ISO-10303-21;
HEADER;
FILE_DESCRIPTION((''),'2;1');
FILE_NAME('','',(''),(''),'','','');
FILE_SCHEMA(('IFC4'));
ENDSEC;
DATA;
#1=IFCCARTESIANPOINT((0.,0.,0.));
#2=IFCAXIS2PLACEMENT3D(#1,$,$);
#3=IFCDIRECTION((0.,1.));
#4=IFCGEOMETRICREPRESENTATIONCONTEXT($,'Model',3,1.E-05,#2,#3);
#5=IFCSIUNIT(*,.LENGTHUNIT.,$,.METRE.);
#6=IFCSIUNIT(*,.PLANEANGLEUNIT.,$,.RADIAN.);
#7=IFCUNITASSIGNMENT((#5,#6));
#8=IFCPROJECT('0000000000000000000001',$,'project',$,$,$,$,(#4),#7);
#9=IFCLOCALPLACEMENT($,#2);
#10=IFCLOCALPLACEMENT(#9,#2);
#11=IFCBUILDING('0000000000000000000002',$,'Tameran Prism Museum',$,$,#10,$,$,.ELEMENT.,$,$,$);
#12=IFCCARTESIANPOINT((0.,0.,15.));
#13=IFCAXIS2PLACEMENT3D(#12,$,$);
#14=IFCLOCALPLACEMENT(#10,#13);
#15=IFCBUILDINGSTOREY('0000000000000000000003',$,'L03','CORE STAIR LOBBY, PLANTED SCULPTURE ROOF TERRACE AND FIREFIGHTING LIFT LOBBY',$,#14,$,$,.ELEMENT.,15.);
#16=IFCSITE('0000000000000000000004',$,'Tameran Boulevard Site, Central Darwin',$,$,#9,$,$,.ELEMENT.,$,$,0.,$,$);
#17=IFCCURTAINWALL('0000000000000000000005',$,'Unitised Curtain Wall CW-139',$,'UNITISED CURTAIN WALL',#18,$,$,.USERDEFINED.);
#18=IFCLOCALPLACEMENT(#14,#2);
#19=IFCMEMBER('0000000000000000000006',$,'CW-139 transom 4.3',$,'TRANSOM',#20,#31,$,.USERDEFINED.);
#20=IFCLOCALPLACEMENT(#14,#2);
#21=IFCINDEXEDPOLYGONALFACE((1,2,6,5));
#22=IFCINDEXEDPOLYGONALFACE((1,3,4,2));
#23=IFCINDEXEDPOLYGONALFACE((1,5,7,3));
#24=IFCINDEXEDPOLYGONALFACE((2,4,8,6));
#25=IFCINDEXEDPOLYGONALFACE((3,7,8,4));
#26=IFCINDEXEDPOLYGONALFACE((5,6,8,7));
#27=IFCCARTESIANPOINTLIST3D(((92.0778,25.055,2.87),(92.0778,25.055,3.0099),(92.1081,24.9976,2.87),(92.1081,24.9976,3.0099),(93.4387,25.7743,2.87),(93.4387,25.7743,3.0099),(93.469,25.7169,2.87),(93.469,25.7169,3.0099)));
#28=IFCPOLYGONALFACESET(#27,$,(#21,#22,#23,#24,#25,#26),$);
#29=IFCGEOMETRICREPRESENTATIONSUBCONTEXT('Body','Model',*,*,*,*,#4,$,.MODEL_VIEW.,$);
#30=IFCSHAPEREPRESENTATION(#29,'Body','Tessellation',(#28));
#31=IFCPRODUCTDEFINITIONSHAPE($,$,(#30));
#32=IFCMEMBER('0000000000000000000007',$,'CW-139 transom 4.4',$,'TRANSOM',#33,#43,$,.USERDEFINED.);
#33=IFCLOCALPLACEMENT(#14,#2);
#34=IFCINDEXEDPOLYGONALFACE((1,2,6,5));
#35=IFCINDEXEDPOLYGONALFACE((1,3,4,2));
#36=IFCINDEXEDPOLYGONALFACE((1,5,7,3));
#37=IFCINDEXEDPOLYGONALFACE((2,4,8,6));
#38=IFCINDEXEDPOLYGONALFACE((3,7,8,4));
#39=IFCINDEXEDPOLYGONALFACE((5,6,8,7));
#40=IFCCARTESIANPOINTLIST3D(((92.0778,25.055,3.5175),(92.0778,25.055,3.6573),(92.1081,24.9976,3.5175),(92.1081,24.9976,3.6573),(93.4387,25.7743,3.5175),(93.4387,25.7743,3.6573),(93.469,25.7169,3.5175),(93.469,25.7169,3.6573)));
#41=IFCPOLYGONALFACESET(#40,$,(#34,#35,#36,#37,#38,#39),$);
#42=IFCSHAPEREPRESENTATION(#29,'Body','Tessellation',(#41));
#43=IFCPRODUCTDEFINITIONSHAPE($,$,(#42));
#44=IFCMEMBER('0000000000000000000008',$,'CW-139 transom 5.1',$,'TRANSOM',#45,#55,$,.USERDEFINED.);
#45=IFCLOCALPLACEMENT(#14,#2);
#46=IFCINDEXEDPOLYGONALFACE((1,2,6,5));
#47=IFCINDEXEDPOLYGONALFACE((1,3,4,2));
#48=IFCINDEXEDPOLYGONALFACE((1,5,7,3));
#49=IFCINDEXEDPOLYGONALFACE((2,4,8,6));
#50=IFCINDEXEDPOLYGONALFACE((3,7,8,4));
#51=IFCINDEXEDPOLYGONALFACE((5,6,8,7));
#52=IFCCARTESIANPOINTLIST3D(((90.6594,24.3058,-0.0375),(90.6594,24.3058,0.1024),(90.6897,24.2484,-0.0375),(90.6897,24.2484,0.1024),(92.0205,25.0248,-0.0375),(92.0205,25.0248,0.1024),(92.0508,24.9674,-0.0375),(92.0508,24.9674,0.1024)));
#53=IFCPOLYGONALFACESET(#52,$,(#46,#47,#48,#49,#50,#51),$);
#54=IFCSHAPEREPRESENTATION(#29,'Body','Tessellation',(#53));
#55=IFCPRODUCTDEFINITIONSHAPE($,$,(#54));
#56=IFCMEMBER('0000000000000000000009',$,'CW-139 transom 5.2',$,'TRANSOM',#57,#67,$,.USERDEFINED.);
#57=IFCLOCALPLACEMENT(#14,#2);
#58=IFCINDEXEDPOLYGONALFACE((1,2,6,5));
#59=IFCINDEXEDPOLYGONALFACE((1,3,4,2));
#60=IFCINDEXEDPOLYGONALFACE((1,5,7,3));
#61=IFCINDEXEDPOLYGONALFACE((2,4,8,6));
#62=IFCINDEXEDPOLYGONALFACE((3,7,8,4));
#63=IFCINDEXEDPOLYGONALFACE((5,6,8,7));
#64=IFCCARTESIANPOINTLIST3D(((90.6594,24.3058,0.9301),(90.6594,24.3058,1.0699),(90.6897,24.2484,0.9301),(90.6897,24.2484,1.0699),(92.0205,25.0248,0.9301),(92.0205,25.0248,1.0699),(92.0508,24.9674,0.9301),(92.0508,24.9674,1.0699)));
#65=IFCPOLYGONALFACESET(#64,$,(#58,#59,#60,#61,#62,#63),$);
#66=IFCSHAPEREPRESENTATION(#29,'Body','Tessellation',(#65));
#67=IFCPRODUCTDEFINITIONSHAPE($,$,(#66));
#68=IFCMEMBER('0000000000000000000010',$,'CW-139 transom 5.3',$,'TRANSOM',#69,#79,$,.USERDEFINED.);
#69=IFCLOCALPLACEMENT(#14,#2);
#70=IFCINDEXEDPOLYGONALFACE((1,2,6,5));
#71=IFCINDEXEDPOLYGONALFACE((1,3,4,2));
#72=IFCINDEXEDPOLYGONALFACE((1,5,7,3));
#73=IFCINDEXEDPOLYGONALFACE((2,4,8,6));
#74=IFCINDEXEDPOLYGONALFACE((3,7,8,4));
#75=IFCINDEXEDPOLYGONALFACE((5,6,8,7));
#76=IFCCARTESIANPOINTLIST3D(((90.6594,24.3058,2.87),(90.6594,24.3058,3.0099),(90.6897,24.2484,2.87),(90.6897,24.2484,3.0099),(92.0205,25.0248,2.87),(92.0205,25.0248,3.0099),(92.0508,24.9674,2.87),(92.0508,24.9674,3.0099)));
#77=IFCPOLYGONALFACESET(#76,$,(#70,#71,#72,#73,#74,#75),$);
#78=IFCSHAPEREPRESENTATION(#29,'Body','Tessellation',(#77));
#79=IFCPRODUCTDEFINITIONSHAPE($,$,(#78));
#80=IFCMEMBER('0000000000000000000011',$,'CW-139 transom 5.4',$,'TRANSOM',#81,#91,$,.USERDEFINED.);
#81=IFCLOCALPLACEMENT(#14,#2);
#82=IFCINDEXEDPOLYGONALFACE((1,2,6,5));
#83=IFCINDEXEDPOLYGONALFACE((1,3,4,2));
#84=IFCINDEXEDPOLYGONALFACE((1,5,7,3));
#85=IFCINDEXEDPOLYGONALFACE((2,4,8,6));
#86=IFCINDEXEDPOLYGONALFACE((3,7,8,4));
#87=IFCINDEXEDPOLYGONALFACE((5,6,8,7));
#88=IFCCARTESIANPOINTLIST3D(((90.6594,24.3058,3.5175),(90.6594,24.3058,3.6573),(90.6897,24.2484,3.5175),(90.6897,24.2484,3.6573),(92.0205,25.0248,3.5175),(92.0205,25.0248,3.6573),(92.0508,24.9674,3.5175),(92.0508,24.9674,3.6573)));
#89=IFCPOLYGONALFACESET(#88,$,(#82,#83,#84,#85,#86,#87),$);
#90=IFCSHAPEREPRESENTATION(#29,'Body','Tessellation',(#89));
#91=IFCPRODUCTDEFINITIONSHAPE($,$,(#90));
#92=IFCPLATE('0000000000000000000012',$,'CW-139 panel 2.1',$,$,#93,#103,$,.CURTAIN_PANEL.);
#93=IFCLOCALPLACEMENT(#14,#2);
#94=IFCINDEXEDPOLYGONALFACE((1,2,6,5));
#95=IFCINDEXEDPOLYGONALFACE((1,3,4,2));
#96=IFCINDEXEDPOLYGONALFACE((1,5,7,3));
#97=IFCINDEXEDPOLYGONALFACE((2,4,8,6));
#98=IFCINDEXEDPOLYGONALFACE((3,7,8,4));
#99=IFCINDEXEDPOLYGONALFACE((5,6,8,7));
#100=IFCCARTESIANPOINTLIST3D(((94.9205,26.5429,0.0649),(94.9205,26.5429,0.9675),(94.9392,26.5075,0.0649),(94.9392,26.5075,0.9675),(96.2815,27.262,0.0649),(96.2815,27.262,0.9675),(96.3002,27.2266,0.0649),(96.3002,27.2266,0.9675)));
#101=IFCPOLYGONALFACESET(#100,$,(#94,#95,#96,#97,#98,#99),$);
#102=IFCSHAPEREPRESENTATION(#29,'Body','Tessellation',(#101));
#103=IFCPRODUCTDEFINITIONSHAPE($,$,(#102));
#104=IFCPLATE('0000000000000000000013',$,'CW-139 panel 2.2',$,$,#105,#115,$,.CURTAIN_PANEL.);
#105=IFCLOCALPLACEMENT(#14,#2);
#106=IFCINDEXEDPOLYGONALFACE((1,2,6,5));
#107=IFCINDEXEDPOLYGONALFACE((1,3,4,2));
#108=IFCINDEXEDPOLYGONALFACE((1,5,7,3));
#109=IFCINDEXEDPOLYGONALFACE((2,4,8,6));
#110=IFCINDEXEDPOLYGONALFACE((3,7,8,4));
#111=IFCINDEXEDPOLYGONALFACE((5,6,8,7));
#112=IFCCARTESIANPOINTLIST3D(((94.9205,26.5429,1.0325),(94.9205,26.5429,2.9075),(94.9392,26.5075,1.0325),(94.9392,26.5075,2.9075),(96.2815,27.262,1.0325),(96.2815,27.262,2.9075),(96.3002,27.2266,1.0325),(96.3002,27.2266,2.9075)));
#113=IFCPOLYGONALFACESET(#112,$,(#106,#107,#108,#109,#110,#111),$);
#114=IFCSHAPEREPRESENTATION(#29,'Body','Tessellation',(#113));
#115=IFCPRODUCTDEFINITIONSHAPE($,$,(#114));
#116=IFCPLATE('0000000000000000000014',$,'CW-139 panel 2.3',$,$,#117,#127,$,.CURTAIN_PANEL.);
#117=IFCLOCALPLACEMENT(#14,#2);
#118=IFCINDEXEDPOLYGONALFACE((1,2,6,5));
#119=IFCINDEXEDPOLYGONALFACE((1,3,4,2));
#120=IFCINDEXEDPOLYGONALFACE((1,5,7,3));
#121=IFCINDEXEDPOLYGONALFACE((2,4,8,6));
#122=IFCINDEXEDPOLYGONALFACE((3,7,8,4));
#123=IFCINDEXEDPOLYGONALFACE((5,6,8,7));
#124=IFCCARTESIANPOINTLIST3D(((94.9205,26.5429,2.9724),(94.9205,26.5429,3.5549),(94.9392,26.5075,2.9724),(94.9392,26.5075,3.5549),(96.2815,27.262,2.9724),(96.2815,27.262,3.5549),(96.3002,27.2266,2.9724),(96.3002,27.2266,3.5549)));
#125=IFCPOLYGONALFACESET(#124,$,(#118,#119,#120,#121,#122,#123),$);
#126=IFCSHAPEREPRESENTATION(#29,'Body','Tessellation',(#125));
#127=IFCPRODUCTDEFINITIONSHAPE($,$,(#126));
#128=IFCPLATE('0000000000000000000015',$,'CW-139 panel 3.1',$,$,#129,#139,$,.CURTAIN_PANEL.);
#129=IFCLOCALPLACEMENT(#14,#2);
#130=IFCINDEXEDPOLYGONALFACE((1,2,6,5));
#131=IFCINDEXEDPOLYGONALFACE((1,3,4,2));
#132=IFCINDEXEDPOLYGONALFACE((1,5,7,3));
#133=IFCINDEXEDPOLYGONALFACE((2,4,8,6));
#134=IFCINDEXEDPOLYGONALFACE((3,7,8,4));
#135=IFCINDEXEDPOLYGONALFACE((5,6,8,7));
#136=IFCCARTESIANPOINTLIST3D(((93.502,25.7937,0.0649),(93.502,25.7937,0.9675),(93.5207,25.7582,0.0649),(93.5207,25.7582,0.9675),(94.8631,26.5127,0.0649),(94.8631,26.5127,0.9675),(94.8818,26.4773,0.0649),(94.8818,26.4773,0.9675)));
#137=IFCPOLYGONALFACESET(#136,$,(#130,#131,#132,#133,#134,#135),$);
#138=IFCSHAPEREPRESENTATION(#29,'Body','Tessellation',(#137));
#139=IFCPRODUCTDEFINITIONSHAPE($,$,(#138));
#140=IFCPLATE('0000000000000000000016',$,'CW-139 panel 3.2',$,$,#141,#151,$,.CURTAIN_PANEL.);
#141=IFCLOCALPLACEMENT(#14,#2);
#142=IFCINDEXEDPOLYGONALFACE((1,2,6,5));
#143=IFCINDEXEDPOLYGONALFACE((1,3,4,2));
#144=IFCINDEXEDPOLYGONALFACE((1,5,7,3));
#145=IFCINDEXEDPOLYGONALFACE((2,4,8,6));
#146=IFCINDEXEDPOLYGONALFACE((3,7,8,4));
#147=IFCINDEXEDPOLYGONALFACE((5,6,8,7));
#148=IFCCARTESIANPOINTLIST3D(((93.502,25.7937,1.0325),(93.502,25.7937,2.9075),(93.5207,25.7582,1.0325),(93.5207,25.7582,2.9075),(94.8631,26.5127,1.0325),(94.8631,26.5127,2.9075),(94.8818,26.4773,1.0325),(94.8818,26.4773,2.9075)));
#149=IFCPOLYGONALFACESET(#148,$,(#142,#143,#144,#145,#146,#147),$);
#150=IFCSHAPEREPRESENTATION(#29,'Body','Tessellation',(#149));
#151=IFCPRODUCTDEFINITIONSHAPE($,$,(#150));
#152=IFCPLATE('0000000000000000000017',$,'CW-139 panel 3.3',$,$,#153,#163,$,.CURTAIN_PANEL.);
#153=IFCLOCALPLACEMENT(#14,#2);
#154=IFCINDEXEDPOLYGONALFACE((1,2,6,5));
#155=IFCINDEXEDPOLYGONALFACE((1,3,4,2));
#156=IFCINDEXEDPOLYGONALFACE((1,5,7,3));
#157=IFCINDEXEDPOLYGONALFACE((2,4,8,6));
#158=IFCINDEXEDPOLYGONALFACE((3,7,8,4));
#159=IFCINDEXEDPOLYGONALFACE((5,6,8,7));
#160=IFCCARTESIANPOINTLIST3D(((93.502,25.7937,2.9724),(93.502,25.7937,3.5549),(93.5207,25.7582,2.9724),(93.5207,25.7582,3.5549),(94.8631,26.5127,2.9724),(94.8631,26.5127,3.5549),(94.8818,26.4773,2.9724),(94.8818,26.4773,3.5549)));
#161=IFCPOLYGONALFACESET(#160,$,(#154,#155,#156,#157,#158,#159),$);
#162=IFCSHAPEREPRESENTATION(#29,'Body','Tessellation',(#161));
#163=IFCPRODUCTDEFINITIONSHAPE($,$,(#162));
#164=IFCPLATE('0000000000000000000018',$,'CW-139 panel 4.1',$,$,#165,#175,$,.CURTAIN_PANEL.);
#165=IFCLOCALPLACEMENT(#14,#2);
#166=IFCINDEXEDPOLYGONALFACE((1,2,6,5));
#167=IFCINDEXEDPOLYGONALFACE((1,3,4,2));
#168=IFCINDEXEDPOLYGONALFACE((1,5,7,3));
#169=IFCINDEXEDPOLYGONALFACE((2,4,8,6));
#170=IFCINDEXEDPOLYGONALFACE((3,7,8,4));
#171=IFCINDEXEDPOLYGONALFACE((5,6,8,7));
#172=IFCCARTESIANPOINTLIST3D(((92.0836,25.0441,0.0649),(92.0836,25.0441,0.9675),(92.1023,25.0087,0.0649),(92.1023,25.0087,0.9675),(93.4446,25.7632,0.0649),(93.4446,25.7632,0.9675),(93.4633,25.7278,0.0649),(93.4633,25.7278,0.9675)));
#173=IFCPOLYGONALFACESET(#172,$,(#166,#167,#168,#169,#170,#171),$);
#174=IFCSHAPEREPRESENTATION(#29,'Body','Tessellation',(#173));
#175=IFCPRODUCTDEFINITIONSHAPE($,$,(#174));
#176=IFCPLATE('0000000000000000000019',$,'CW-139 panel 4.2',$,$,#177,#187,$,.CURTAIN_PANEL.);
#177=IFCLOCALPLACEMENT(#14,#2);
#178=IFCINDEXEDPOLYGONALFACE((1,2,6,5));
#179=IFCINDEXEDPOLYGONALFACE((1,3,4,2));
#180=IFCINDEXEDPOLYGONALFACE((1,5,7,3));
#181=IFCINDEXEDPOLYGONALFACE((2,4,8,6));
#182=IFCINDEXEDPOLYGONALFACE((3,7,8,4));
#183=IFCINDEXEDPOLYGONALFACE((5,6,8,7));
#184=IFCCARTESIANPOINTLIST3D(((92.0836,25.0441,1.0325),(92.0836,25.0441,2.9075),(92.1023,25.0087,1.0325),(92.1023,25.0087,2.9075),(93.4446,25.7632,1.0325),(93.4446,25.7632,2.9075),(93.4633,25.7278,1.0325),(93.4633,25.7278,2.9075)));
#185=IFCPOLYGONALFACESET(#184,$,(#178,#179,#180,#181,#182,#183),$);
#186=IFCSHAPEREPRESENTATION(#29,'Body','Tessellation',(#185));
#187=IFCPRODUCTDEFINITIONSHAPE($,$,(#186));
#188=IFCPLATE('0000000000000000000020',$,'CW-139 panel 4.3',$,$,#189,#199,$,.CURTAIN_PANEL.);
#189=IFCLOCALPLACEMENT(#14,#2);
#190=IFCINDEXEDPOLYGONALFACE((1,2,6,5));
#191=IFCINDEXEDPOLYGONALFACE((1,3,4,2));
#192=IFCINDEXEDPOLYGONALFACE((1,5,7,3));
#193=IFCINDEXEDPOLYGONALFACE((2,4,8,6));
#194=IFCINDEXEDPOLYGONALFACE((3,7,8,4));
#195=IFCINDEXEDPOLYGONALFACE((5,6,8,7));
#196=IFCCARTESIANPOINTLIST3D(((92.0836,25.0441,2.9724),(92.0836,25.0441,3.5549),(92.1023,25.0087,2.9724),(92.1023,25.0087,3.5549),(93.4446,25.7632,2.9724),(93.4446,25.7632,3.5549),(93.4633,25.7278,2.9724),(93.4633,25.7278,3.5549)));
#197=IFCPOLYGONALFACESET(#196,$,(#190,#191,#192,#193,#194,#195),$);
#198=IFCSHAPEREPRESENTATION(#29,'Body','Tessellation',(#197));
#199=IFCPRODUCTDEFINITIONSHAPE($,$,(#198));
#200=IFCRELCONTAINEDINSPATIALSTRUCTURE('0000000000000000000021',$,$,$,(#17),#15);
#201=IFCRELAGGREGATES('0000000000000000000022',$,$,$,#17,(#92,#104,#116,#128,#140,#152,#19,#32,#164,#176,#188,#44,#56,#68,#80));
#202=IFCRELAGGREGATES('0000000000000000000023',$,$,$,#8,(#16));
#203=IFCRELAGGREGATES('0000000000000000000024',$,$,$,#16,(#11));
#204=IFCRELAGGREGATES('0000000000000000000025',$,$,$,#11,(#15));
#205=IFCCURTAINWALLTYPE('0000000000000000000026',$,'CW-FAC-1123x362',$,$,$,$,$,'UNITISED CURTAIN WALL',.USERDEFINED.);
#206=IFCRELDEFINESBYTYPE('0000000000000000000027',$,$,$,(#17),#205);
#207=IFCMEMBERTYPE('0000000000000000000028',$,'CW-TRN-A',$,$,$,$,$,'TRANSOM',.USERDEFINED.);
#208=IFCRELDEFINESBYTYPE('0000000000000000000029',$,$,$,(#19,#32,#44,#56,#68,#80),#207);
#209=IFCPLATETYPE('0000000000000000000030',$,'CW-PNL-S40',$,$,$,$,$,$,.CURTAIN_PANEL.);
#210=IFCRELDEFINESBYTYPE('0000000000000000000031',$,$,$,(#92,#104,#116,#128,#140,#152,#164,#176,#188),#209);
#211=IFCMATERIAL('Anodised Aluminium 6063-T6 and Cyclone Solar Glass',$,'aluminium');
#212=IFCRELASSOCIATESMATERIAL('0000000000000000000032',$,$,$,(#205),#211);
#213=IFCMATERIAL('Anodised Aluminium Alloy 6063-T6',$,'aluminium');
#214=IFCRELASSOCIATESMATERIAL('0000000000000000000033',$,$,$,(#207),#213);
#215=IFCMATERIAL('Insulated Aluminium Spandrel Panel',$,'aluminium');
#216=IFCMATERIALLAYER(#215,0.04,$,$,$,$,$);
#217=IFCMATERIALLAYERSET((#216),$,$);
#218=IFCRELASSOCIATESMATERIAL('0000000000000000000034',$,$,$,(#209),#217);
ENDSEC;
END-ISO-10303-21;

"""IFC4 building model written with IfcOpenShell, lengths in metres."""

from ifc_helpers import new_model, si_unit, direction, frame, origin, origin_2d, place, context, subcontext, project, spatial, rectangle, extrude, material, layer, layer_set, material_profile, profile_set, type_object, element, aggregate, save


model = new_model("IFC4")

# Units and contexts
model_context = context("Model", 3, precision=1e-05, world=origin(), true_north=direction((0.0, 1.0)))
body_context = subcontext(model_context, "Body", "Model", "MODEL_VIEW")
ifc_project = project(units=[si_unit("LENGTHUNIT", "METRE"), si_unit("PLANEANGLEUNIT", "RADIAN")], contexts=[model_context])

# Site, building, storey
site_placement = place(None, origin())
site = spatial("IfcSite", under=ifc_project, at=site_placement, Name="Tameran Boulevard Site, Central Darwin", CompositionType="ELEMENT", RefElevation=0.0)
building_placement = place(site_placement, origin())
building = spatial("IfcBuilding", under=site, at=building_placement, Name="Tameran Prism Museum", CompositionType="ELEMENT")
storey_placement = place(building_placement, frame((0.0, 0.0, 15.0)))
storey = spatial("IfcBuildingStorey", under=building, at=storey_placement, Name="L03", Description="CORE STAIR LOBBY, PLANTED SCULPTURE ROOF TERRACE AND FIREFIGHTING LIFT LOBBY", CompositionType="ELEMENT", Elevation=15.0)

# Curtain wall, members, plates
ifc_material_1 = material(Name="Anodised Aluminium 6063-T6 and Cyclone Solar Glass", Category="aluminium")
curtain_wall_type = type_object("IfcCurtainWallType", Name="CW-FAC-1123x362", ElementType="UNITISED CURTAIN WALL", PredefinedType="USERDEFINED", material=ifc_material_1)
curtain_wall_placement = place(storey_placement, origin())
curtain_wall = element("IfcCurtainWall", 1, at=curtain_wall_placement, inside=storey, type_object=curtain_wall_type, Name="Unitised Curtain Wall CW-139", ObjectType="UNITISED CURTAIN WALL", PredefinedType="USERDEFINED")
ifc_material_2 = material(Name="Anodised Aluminium Alloy 6063-T6", Category="aluminium")
ifc_material_profile_1 = material_profile(ifc_material_2, rectangle(XDim=0.0649, YDim=0.1399, at=origin_2d()))
ifc_profile_set_1 = profile_set([ifc_material_profile_1])
member_type_1 = type_object("IfcMemberType", Name="CW-TRN-A", ElementType="TRANSOM", PredefinedType="USERDEFINED", material=ifc_profile_set_1)
member_1_placement = place(storey_placement, frame((93.4539, 25.7456, 2.9399), z_axis=(-0.884112, -0.467275, 0.0), x_axis=(0.467275, -0.884112, 0.0)))
member_1 = element("IfcMember", 2, at=member_1_placement, type_object=member_type_1, Name="CW-139 transom 4.3", ObjectType="TRANSOM", PredefinedType="USERDEFINED", context=body_context, shape_type="SweptSolid", body=[
    extrude(rectangle(XDim=0.0649, YDim=0.1399, at=origin_2d()), origin(), (0.0, 0.0, 1.0), 1.5393),
])
member_2_placement = place(storey_placement, frame((93.4539, 25.7456, 3.5874), z_axis=(-0.884112, -0.467275, 0.0), x_axis=(0.467275, -0.884112, 0.0)))
member_2 = element("IfcMember", 3, at=member_2_placement, type_object=member_type_1, Name="CW-139 transom 4.4", ObjectType="TRANSOM", PredefinedType="USERDEFINED", context=body_context, shape_type="SweptSolid", body=[
    extrude(rectangle(XDim=0.0649, YDim=0.1399, at=origin_2d()), origin(), (0.0, 0.0, 1.0), 1.5393),
])
member_3_placement = place(storey_placement, frame((92.0356, 24.9961, 0.0325), z_axis=(-0.884212, -0.467086, 0.0), x_axis=(0.467086, -0.884212, 0.0)))
member_3 = element("IfcMember", 4, at=member_3_placement, type_object=member_type_1, Name="CW-139 transom 5.1", ObjectType="TRANSOM", PredefinedType="USERDEFINED", context=body_context, shape_type="SweptSolid", body=[
    extrude(rectangle(XDim=0.0649, YDim=0.1399, at=origin_2d()), origin(), (0.0, 0.0, 1.0), 1.5393),
])
member_4_placement = place(storey_placement, frame((92.0356, 24.9961, 1.0), z_axis=(-0.884212, -0.467086, 0.0), x_axis=(0.467086, -0.884212, 0.0)))
member_4 = element("IfcMember", 5, at=member_4_placement, type_object=member_type_1, Name="CW-139 transom 5.2", ObjectType="TRANSOM", PredefinedType="USERDEFINED", context=body_context, shape_type="SweptSolid", body=[
    extrude(rectangle(XDim=0.0649, YDim=0.1399, at=origin_2d()), origin(), (0.0, 0.0, 1.0), 1.5393),
])
member_5_placement = place(storey_placement, frame((92.0356, 24.9961, 2.9399), z_axis=(-0.884212, -0.467086, 0.0), x_axis=(0.467086, -0.884212, 0.0)))
member_5 = element("IfcMember", 6, at=member_5_placement, type_object=member_type_1, Name="CW-139 transom 5.3", ObjectType="TRANSOM", PredefinedType="USERDEFINED", context=body_context, shape_type="SweptSolid", body=[
    extrude(rectangle(XDim=0.0649, YDim=0.1399, at=origin_2d()), origin(), (0.0, 0.0, 1.0), 1.5393),
])
member_6_placement = place(storey_placement, frame((92.0356, 24.9961, 3.5874), z_axis=(-0.884212, -0.467086, 0.0), x_axis=(0.467086, -0.884212, 0.0)))
member_6 = element("IfcMember", 7, at=member_6_placement, type_object=member_type_1, Name="CW-139 transom 5.4", ObjectType="TRANSOM", PredefinedType="USERDEFINED", context=body_context, shape_type="SweptSolid", body=[
    extrude(rectangle(XDim=0.0649, YDim=0.1399, at=origin_2d()), origin(), (0.0, 0.0, 1.0), 1.5393),
])
ifc_material_3 = material(Name="Insulated Aluminium Spandrel Panel", Category="aluminium")
ifc_layer_1 = layer(ifc_material_3, 0.04)
ifc_layer_set_1 = layer_set([ifc_layer_1])
plate_type = type_object("IfcPlateType", Name="CW-PNL-S40", PredefinedType="CURTAIN_PANEL", material=ifc_layer_set_1)
plate_1_placement = place(storey_placement, frame((95.6104, 26.8848, 0.0649), z_axis=(0.0, 0.0, 1.0), x_axis=(-0.884175, -0.467155, 0.0)))
plate_1 = element("IfcPlate", 8, at=plate_1_placement, type_object=plate_type, Name="CW-139 panel 2.1", PredefinedType="CURTAIN_PANEL", context=body_context, shape_type="SweptSolid", body=[
    extrude(rectangle(XDim=1.5393, YDim=0.04, at=origin_2d()), origin(), (0.0, 0.0, 1.0), 0.9026),
])
plate_2_placement = place(storey_placement, frame((95.6104, 26.8848, 1.0325), z_axis=(0.0, 0.0, 1.0), x_axis=(-0.884175, -0.467155, 0.0)))
plate_2 = element("IfcPlate", 9, at=plate_2_placement, type_object=plate_type, Name="CW-139 panel 2.2", PredefinedType="CURTAIN_PANEL", context=body_context, shape_type="SweptSolid", body=[
    extrude(rectangle(XDim=1.5393, YDim=0.04, at=origin_2d()), origin(), (0.0, 0.0, 1.0), 1.875),
])
plate_3_placement = place(storey_placement, frame((95.6104, 26.8848, 2.9724), z_axis=(0.0, 0.0, 1.0), x_axis=(-0.884175, -0.467155, 0.0)))
plate_3 = element("IfcPlate", 10, at=plate_3_placement, type_object=plate_type, Name="CW-139 panel 2.3", PredefinedType="CURTAIN_PANEL", context=body_context, shape_type="SweptSolid", body=[
    extrude(rectangle(XDim=1.5393, YDim=0.04, at=origin_2d()), origin(), (0.0, 0.0, 1.0), 0.5825),
])
plate_4_placement = place(storey_placement, frame((94.1919, 26.1355, 0.0649), z_axis=(0.0, 0.0, 1.0), x_axis=(-0.884175, -0.467155, 0.0)))
plate_4 = element("IfcPlate", 11, at=plate_4_placement, type_object=plate_type, Name="CW-139 panel 3.1", PredefinedType="CURTAIN_PANEL", context=body_context, shape_type="SweptSolid", body=[
    extrude(rectangle(XDim=1.5393, YDim=0.04, at=origin_2d()), origin(), (0.0, 0.0, 1.0), 0.9026),
])
plate_5_placement = place(storey_placement, frame((94.1919, 26.1355, 1.0325), z_axis=(0.0, 0.0, 1.0), x_axis=(-0.884175, -0.467155, 0.0)))
plate_5 = element("IfcPlate", 12, at=plate_5_placement, type_object=plate_type, Name="CW-139 panel 3.2", PredefinedType="CURTAIN_PANEL", context=body_context, shape_type="SweptSolid", body=[
    extrude(rectangle(XDim=1.5393, YDim=0.04, at=origin_2d()), origin(), (0.0, 0.0, 1.0), 1.875),
])
plate_6_placement = place(storey_placement, frame((94.1919, 26.1355, 2.9724), z_axis=(0.0, 0.0, 1.0), x_axis=(-0.884175, -0.467155, 0.0)))
plate_6 = element("IfcPlate", 13, at=plate_6_placement, type_object=plate_type, Name="CW-139 panel 3.3", PredefinedType="CURTAIN_PANEL", context=body_context, shape_type="SweptSolid", body=[
    extrude(rectangle(XDim=1.5393, YDim=0.04, at=origin_2d()), origin(), (0.0, 0.0, 1.0), 0.5825),
])
plate_7_placement = place(storey_placement, frame((92.7734, 25.386, 0.0649), z_axis=(0.0, 0.0, 1.0), x_axis=(-0.884175, -0.467155, 0.0)))
plate_7 = element("IfcPlate", 14, at=plate_7_placement, type_object=plate_type, Name="CW-139 panel 4.1", PredefinedType="CURTAIN_PANEL", context=body_context, shape_type="SweptSolid", body=[
    extrude(rectangle(XDim=1.5393, YDim=0.04, at=origin_2d()), origin(), (0.0, 0.0, 1.0), 0.9026),
])
plate_8_placement = place(storey_placement, frame((92.7734, 25.386, 1.0325), z_axis=(0.0, 0.0, 1.0), x_axis=(-0.884175, -0.467155, 0.0)))
plate_8 = element("IfcPlate", 15, at=plate_8_placement, type_object=plate_type, Name="CW-139 panel 4.2", PredefinedType="CURTAIN_PANEL", context=body_context, shape_type="SweptSolid", body=[
    extrude(rectangle(XDim=1.5393, YDim=0.04, at=origin_2d()), origin(), (0.0, 0.0, 1.0), 1.875),
])
plate_9_placement = place(storey_placement, frame((92.7734, 25.386, 2.9724), z_axis=(0.0, 0.0, 1.0), x_axis=(-0.884175, -0.467155, 0.0)))
plate_9 = element("IfcPlate", 16, at=plate_9_placement, type_object=plate_type, Name="CW-139 panel 4.3", PredefinedType="CURTAIN_PANEL", context=body_context, shape_type="SweptSolid", body=[
    extrude(rectangle(XDim=1.5393, YDim=0.04, at=origin_2d()), origin(), (0.0, 0.0, 1.0), 0.5825),
])
aggregate(curtain_wall, [plate_1, plate_2, plate_3, plate_4, plate_5, plate_6, member_1, member_2, plate_7, plate_8, plate_9, member_3, member_4, member_5, member_6])

save(model, "model.ifc")
